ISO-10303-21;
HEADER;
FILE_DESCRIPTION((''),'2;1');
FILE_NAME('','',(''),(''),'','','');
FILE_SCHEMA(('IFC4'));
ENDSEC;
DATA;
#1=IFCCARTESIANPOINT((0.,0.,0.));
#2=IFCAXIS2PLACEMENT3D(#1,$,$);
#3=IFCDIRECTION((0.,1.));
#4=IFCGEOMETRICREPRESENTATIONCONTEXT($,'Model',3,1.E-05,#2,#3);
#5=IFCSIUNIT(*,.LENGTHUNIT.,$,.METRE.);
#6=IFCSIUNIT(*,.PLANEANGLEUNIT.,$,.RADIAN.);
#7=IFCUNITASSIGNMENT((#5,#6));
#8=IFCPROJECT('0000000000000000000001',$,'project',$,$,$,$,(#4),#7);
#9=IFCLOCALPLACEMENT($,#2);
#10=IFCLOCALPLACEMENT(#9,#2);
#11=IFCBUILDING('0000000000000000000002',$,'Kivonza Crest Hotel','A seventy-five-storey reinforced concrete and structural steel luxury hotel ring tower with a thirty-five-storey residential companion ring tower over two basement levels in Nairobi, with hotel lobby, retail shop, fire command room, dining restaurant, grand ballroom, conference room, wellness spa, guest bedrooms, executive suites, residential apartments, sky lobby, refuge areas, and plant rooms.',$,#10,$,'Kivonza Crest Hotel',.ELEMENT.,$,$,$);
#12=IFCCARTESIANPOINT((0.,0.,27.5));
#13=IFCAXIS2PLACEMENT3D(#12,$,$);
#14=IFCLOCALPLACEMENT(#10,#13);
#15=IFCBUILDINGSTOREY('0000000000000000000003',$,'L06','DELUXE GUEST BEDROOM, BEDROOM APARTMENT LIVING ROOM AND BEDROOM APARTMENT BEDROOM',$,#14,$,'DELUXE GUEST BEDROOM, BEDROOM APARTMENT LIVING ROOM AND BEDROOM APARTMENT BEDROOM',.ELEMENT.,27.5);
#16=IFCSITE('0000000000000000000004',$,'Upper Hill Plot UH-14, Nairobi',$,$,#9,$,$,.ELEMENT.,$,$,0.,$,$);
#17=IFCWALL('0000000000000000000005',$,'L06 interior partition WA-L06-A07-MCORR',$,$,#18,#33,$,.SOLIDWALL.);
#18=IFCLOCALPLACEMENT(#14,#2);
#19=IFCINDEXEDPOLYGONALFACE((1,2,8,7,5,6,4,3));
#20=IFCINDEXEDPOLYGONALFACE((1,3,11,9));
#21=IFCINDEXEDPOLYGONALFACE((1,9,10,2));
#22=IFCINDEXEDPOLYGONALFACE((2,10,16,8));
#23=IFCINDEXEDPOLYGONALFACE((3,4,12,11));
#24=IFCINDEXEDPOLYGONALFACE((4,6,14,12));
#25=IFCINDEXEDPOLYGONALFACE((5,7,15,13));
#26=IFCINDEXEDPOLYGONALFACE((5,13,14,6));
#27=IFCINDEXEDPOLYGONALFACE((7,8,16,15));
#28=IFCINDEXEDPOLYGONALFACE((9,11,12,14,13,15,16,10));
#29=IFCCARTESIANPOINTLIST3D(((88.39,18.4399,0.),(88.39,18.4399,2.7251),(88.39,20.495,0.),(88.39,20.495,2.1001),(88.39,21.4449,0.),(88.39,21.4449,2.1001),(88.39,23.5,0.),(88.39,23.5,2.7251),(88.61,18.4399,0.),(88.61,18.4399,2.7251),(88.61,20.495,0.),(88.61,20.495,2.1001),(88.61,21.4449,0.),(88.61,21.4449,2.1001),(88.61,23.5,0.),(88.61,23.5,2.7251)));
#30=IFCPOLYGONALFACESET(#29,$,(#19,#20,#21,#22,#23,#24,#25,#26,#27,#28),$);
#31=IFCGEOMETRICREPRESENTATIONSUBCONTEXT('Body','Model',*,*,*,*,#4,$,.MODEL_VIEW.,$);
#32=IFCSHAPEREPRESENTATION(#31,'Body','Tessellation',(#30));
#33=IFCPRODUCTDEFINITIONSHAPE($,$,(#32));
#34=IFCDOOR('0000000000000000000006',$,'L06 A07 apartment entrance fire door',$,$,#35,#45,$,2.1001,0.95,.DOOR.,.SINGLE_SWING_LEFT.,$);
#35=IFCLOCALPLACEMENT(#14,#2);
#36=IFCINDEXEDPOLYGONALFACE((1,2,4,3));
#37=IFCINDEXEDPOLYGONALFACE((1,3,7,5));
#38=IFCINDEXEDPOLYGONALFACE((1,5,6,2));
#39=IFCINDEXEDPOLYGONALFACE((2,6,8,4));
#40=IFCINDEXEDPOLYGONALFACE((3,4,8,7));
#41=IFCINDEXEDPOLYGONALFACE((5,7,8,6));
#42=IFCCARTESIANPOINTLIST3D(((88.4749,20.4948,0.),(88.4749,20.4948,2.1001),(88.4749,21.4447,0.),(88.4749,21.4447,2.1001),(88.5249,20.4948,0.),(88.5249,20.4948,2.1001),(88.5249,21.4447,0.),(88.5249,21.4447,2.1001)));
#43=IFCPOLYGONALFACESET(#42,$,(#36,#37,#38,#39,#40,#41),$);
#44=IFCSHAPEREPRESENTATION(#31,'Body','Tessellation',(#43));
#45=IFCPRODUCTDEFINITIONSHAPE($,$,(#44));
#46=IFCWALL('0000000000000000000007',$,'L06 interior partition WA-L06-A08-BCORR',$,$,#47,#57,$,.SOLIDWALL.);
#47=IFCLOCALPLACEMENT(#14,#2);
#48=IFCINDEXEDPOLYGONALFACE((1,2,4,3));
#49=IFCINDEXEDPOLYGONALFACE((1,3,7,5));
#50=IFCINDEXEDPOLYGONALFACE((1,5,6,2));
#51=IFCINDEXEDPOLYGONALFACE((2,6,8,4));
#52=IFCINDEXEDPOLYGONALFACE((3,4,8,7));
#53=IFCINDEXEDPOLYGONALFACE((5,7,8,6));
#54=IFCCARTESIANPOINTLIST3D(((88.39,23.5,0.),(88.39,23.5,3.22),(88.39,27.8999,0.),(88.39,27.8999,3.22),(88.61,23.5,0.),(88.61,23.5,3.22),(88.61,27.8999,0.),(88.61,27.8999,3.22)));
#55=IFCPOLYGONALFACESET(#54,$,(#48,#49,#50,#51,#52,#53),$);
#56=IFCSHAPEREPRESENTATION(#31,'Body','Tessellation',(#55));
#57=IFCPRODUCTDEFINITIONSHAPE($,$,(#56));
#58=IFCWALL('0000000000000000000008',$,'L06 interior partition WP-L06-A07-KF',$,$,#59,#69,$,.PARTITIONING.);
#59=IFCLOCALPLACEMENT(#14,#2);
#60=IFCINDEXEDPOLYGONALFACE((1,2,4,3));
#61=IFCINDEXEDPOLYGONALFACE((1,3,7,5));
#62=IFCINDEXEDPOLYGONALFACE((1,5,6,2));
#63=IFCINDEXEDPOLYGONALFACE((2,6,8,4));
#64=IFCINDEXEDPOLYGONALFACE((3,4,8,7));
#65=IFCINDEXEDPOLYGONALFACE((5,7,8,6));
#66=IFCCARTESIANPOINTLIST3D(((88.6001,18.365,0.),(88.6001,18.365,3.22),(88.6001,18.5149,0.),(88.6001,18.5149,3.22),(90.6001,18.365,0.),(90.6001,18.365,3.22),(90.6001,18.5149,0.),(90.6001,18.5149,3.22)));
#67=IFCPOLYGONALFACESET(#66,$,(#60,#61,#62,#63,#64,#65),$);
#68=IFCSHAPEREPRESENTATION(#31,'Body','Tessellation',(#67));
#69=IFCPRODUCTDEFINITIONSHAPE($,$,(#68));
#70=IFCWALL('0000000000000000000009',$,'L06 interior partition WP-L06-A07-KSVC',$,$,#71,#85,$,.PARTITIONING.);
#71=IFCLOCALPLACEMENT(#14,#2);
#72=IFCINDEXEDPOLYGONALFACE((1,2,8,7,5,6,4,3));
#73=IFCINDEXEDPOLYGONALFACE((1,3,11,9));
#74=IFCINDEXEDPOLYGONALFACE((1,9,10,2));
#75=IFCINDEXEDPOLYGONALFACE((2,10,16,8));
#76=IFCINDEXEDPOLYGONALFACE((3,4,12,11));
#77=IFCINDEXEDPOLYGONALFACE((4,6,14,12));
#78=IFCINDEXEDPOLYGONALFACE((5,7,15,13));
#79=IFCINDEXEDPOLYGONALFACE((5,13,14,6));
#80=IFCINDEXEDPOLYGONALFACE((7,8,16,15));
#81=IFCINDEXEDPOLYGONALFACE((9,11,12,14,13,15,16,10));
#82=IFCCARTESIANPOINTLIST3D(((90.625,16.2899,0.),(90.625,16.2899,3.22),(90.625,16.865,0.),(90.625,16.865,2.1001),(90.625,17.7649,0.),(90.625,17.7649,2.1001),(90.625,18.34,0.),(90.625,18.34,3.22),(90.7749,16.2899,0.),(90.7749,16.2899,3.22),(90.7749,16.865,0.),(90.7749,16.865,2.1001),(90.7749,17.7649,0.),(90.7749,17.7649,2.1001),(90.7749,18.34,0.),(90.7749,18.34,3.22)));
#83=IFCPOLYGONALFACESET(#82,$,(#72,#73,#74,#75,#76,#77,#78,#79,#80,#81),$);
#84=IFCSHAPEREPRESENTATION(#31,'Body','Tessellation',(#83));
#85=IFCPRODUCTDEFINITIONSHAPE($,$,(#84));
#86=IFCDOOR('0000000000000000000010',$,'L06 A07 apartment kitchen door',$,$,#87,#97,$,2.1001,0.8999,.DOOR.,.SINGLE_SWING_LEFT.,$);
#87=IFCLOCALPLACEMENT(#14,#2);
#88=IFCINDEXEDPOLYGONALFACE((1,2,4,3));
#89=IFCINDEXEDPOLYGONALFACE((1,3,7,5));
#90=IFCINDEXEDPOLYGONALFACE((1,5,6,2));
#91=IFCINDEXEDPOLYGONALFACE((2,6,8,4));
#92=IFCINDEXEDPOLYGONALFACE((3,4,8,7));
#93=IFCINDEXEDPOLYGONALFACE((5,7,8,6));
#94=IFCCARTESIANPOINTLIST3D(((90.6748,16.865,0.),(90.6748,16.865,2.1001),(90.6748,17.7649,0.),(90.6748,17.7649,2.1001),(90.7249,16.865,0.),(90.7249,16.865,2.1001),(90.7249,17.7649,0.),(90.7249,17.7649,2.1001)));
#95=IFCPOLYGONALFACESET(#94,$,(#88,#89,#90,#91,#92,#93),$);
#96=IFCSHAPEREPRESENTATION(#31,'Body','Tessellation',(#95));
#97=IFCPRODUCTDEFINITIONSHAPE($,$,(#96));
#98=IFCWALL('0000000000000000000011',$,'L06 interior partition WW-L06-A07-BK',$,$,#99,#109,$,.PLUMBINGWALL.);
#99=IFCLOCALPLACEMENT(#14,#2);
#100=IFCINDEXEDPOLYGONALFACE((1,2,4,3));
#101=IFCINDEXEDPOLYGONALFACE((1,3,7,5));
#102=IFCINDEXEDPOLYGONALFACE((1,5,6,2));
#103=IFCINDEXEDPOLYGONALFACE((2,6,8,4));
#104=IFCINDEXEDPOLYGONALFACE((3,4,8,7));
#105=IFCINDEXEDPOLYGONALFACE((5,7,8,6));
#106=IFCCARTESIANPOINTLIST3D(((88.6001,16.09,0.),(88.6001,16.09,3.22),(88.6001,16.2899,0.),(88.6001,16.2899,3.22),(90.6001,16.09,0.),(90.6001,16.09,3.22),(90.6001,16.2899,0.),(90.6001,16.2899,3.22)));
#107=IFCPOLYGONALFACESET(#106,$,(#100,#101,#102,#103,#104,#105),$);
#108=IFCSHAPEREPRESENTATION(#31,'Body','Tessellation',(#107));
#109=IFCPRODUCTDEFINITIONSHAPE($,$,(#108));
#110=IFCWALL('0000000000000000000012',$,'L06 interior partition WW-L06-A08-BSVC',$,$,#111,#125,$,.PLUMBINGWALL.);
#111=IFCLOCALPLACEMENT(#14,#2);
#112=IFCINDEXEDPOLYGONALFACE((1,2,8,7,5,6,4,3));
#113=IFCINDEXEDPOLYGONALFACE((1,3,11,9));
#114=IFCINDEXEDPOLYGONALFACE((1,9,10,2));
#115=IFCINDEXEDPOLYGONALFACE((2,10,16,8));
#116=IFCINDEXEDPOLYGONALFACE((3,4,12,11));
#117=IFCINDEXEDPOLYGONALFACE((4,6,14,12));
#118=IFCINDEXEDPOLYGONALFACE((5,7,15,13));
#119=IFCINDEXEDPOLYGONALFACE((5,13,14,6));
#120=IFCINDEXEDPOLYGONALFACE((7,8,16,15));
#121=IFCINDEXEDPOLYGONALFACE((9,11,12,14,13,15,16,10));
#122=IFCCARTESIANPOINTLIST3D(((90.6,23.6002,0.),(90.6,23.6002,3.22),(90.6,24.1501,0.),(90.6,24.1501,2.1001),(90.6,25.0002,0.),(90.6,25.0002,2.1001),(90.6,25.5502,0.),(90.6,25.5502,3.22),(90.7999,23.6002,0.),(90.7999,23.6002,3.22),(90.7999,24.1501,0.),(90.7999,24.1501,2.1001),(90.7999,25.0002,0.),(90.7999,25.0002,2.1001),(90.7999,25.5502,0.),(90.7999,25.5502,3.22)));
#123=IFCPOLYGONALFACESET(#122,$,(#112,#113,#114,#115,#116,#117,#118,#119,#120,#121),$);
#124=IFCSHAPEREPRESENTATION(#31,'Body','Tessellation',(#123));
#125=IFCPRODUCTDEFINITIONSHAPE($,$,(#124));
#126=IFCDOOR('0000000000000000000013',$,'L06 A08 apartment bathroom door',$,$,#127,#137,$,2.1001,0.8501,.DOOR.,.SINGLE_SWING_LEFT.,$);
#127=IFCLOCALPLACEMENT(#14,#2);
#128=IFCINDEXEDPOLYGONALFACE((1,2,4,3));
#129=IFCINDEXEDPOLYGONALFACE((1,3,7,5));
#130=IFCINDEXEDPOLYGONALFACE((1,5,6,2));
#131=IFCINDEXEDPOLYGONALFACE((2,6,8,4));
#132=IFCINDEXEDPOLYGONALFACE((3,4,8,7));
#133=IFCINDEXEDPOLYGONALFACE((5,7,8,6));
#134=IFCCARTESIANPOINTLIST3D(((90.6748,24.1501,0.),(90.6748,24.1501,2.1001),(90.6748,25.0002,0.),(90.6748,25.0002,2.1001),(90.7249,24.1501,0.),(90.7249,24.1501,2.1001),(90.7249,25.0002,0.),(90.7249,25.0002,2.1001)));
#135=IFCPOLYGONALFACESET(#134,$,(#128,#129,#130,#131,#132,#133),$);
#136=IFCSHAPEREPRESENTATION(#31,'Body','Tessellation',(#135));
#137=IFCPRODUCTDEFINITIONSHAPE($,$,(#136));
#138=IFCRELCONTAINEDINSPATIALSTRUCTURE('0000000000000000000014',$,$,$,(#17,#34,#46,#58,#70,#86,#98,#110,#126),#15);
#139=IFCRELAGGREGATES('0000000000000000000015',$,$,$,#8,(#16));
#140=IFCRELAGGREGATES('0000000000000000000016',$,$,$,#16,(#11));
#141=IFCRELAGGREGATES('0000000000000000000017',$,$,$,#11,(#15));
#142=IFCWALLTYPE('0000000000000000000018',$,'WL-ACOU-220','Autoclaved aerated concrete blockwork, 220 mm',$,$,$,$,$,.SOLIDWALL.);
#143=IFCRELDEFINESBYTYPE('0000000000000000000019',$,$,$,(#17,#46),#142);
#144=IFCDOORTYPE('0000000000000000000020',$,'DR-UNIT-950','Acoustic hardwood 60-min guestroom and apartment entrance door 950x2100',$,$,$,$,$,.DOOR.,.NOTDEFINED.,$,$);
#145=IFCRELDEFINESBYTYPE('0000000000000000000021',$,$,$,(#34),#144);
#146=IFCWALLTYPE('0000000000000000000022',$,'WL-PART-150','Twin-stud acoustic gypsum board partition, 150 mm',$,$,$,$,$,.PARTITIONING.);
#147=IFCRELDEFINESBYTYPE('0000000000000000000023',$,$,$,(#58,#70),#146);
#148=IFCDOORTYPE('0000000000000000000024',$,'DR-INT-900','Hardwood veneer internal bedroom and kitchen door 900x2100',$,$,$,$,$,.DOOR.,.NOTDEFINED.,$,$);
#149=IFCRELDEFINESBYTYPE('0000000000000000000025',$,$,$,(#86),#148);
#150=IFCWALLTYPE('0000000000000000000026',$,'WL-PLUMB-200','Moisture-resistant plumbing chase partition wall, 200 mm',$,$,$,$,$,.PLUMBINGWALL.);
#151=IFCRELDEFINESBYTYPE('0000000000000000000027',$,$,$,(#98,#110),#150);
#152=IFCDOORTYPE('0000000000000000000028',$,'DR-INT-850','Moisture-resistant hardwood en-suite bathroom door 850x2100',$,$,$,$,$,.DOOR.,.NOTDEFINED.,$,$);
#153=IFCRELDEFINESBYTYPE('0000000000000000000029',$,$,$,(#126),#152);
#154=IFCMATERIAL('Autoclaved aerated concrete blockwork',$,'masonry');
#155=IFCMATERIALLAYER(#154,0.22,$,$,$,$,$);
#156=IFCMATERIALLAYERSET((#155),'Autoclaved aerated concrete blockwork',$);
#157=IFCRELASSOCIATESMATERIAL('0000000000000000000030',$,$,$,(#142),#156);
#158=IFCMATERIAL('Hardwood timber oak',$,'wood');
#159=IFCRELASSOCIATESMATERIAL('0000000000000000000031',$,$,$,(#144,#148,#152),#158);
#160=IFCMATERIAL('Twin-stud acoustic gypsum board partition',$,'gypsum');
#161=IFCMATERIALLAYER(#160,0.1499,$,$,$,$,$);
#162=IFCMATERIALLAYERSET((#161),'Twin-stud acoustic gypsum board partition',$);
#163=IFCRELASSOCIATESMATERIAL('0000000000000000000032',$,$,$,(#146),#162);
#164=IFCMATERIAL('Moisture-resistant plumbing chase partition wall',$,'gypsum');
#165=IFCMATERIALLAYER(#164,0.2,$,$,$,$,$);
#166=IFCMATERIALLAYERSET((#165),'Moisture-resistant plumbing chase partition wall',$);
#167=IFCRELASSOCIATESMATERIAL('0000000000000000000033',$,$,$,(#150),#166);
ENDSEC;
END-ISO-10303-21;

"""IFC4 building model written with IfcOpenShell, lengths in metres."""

from ifc_helpers import new_model, si_unit, direction, frame, frame_2d, origin, place, context, subcontext, project, spatial, rectangle, extrude, material, layer, layer_set, type_object, element, fill, save


model = new_model("IFC4")

# Units and contexts
model_context = context("Model", 3, precision=1e-05, world=origin(), true_north=direction((0.0, 1.0)))
body_context = subcontext(model_context, "Body", "Model", "MODEL_VIEW")
ifc_project = project(units=[si_unit("LENGTHUNIT", "METRE"), si_unit("PLANEANGLEUNIT", "RADIAN")], contexts=[model_context])

# Site, building, storey
site_placement = place(None, origin())
site = spatial("IfcSite", under=ifc_project, at=site_placement, Name="Upper Hill Plot UH-14, Nairobi", CompositionType="ELEMENT", RefElevation=0.0)
building_placement = place(site_placement, origin())
building = spatial("IfcBuilding", under=site, at=building_placement, Name="Kivonza Crest Hotel", Description="A seventy-five-storey reinforced concrete and structural steel luxury hotel ring tower with a thirty-five-storey residential companion ring tower over two basement levels in Nairobi, with hotel lobby, retail shop, fire command room, dining restaurant, grand ballroom, conference room, wellness spa, guest bedrooms, executive suites, residential apartments, sky lobby, refuge areas, and plant rooms.", LongName="Kivonza Crest Hotel", CompositionType="ELEMENT")
storey_placement = place(building_placement, frame((0.0, 0.0, 27.5)))
storey = spatial("IfcBuildingStorey", under=building, at=storey_placement, Name="L06", Description="DELUXE GUEST BEDROOM, BEDROOM APARTMENT LIVING ROOM AND BEDROOM APARTMENT BEDROOM", LongName="DELUXE GUEST BEDROOM, BEDROOM APARTMENT LIVING ROOM AND BEDROOM APARTMENT BEDROOM", CompositionType="ELEMENT", Elevation=27.5)

# Wall, opening, door
ifc_material_1 = material(Name="Autoclaved aerated concrete blockwork", Category="masonry")
ifc_layer_1 = layer(ifc_material_1, 0.22)
ifc_layer_set_1 = layer_set([ifc_layer_1], Name="Autoclaved aerated concrete blockwork")
wall_type_1 = type_object("IfcWallType", Name="WL-ACOU-220", Description="Autoclaved aerated concrete blockwork, 220 mm", PredefinedType="SOLIDWALL", material=ifc_layer_set_1)
wall_1_placement = place(storey_placement, frame((88.5, 18.4399, 0.0), z_axis=(0.0, 0.0, 1.0), x_axis=(0.0, 1.0, 0.0)))
wall_1 = element("IfcWall", 1, at=wall_1_placement, inside=storey, type_object=wall_type_1, Name="L06 interior partition WA-L06-A07-MCORR", PredefinedType="SOLIDWALL", context=body_context, shape_type="SweptSolid", body=[
    extrude(rectangle(XDim=5.0601, YDim=0.22, at=frame_2d((2.53, 0.0))), origin(), (0.0, 0.0, 1.0), 2.7251),
])
opening_1_placement = place(wall_1_placement, frame((2.0549, 0.0, 0.0)))
opening_1 = element("IfcOpeningElement", 2, at=opening_1_placement, cuts=wall_1, PredefinedType="OPENING", context=body_context, shape_type="SweptSolid", body=[
    extrude(rectangle(XDim=0.95, YDim=2.1001, at=frame_2d((0.4751, 1.05))), frame((0.0, 0.1201, 0.0), z_axis=(0.0, -1.0, 0.0), x_axis=(1.0, 0.0, 0.0)), (0.0, 0.0, 1.0), 0.24),
])
ifc_material_2 = material(Name="Hardwood timber oak", Category="wood")
door_type_1 = type_object("IfcDoorType", Name="DR-UNIT-950", Description="Acoustic hardwood 60-min guestroom and apartment entrance door 950x2100", OperationType="NOTDEFINED", PredefinedType="DOOR", material=ifc_material_2)
door_1_placement = place(opening_1_placement, frame((0.95, 0.0, 0.0), z_axis=(0.0, 0.0, 1.0), x_axis=(-1.0, 0.0, 0.0)))
door_1 = element("IfcDoor", 3, at=door_1_placement, inside=storey, type_object=door_type_1, Name="L06 A07 apartment entrance fire door", OperationType="SINGLE_SWING_LEFT", OverallHeight=2.1001, OverallWidth=0.95, PredefinedType="DOOR", context=body_context, shape_type="SweptSolid", body=[
    extrude(rectangle(XDim=0.95, YDim=2.1001, at=frame_2d((0.4751, 1.05))), frame((0.0, 0.0249, 0.0), z_axis=(0.0, -1.0, 0.0), x_axis=(1.0, 0.0, 0.0)), (0.0, 0.0, 1.0), 0.05),
])
fill(opening_1, door_1)

# Walls
wall_2_placement = place(storey_placement, frame((88.5, 23.5, 0.0), z_axis=(0.0, 0.0, 1.0), x_axis=(0.0, 1.0, 0.0)))
element("IfcWall", 4, at=wall_2_placement, inside=storey, type_object=wall_type_1, Name="L06 interior partition WA-L06-A08-BCORR", PredefinedType="SOLIDWALL", context=body_context, shape_type="SweptSolid", body=[
    extrude(rectangle(XDim=4.3999, YDim=0.22, at=frame_2d((2.2, 0.0))), origin(), (0.0, 0.0, 1.0), 3.22),
])
ifc_material_3 = material(Name="Twin-stud acoustic gypsum board partition", Category="gypsum")
ifc_layer_2 = layer(ifc_material_3, 0.1499)
ifc_layer_set_2 = layer_set([ifc_layer_2], Name="Twin-stud acoustic gypsum board partition")
wall_type_2 = type_object("IfcWallType", Name="WL-PART-150", Description="Twin-stud acoustic gypsum board partition, 150 mm", PredefinedType="PARTITIONING", material=ifc_layer_set_2)
wall_3_placement = place(storey_placement, frame((88.6001, 18.4399, 0.0), z_axis=(0.0, 0.0, 1.0), x_axis=(1.0, 0.0, 0.0)))
element("IfcWall", 5, at=wall_3_placement, inside=storey, type_object=wall_type_2, Name="L06 interior partition WP-L06-A07-KF", PredefinedType="PARTITIONING", context=body_context, shape_type="SweptSolid", body=[
    extrude(rectangle(XDim=2.0, YDim=0.1499, at=frame_2d((1.0, 0.0))), origin(), (0.0, 0.0, 1.0), 3.22),
])

# Wall, opening, door
wall_4_placement = place(storey_placement, frame((90.7, 16.29, 0.0), z_axis=(0.0, 0.0, 1.0), x_axis=(0.0, 1.0, 0.0)))
wall_4 = element("IfcWall", 6, at=wall_4_placement, inside=storey, type_object=wall_type_2, Name="L06 interior partition WP-L06-A07-KSVC", PredefinedType="PARTITIONING", context=body_context, shape_type="SweptSolid", body=[
    extrude(rectangle(XDim=2.05, YDim=0.1499, at=frame_2d((1.0249, 0.0))), origin(), (0.0, 0.0, 1.0), 3.22),
])
opening_2_placement = place(wall_4_placement, frame((0.575, 0.0, 0.0)))
opening_2 = element("IfcOpeningElement", 7, at=opening_2_placement, cuts=wall_4, PredefinedType="OPENING", context=body_context, shape_type="SweptSolid", body=[
    extrude(rectangle(XDim=0.8999, YDim=2.1001, at=frame_2d((0.45, 1.05))), frame((0.0, 0.085, 0.0), z_axis=(0.0, -1.0, 0.0), x_axis=(1.0, 0.0, 0.0)), (0.0, 0.0, 1.0), 0.1699),
])
door_type_2 = type_object("IfcDoorType", Name="DR-INT-900", Description="Hardwood veneer internal bedroom and kitchen door 900x2100", OperationType="NOTDEFINED", PredefinedType="DOOR", material=ifc_material_2)
door_2_placement = place(opening_2_placement, frame((0.8999, 0.0, 0.0), z_axis=(0.0, 0.0, 1.0), x_axis=(-1.0, 0.0, 0.0)))
door_2 = element("IfcDoor", 8, at=door_2_placement, inside=storey, type_object=door_type_2, Name="L06 A07 apartment kitchen door", OperationType="SINGLE_SWING_LEFT", OverallHeight=2.1001, OverallWidth=0.8999, PredefinedType="DOOR", context=body_context, shape_type="SweptSolid", body=[
    extrude(rectangle(XDim=0.8999, YDim=2.1001, at=frame_2d((0.45, 1.05))), frame((0.0, 0.0249, 0.0), z_axis=(0.0, -1.0, 0.0), x_axis=(1.0, 0.0, 0.0)), (0.0, 0.0, 1.0), 0.05),
])
fill(opening_2, door_2)

# Wall
ifc_material_4 = material(Name="Moisture-resistant plumbing chase partition wall", Category="gypsum")
ifc_layer_3 = layer(ifc_material_4, 0.2)
ifc_layer_set_3 = layer_set([ifc_layer_3], Name="Moisture-resistant plumbing chase partition wall")
wall_type_3 = type_object("IfcWallType", Name="WL-PLUMB-200", Description="Moisture-resistant plumbing chase partition wall, 200 mm", PredefinedType="PLUMBINGWALL", material=ifc_layer_set_3)
wall_5_placement = place(storey_placement, frame((88.6001, 16.1899, 0.0), z_axis=(0.0, 0.0, 1.0), x_axis=(1.0, 0.0, 0.0)))
element("IfcWall", 9, at=wall_5_placement, inside=storey, type_object=wall_type_3, Name="L06 interior partition WW-L06-A07-BK", PredefinedType="PLUMBINGWALL", context=body_context, shape_type="SweptSolid", body=[
    extrude(rectangle(XDim=2.0, YDim=0.2, at=frame_2d((1.0, 0.0))), origin(), (0.0, 0.0, 1.0), 3.22),
])

# Wall, opening, door
wall_6_placement = place(storey_placement, frame((90.7, 23.6001, 0.0), z_axis=(0.0, 0.0, 1.0), x_axis=(0.0, 1.0, 0.0)))
wall_6 = element("IfcWall", 10, at=wall_6_placement, inside=storey, type_object=wall_type_3, Name="L06 interior partition WW-L06-A08-BSVC", PredefinedType="PLUMBINGWALL", context=body_context, shape_type="SweptSolid", body=[
    extrude(rectangle(XDim=1.95, YDim=0.2, at=frame_2d((0.9751, 0.0))), origin(), (0.0, 0.0, 1.0), 3.22),
])
opening_3_placement = place(wall_6_placement, frame((0.55, 0.0, 0.0)))
opening_3 = element("IfcOpeningElement", 11, at=opening_3_placement, cuts=wall_6, PredefinedType="OPENING", context=body_context, shape_type="SweptSolid", body=[
    extrude(rectangle(XDim=0.8501, YDim=2.1001, at=frame_2d((0.425, 1.05))), frame((0.0, 0.1099, 0.0), z_axis=(0.0, -1.0, 0.0), x_axis=(1.0, 0.0, 0.0)), (0.0, 0.0, 1.0), 0.22),
])
door_type_3 = type_object("IfcDoorType", Name="DR-INT-850", Description="Moisture-resistant hardwood en-suite bathroom door 850x2100", OperationType="NOTDEFINED", PredefinedType="DOOR", material=ifc_material_2)
door_3_placement = place(opening_3_placement, frame((0.8501, 0.0, 0.0), z_axis=(0.0, 0.0, 1.0), x_axis=(-1.0, 0.0, 0.0)))
door_3 = element("IfcDoor", 12, at=door_3_placement, inside=storey, type_object=door_type_3, Name="L06 A08 apartment bathroom door", OperationType="SINGLE_SWING_LEFT", OverallHeight=2.1001, OverallWidth=0.8501, PredefinedType="DOOR", context=body_context, shape_type="SweptSolid", body=[
    extrude(rectangle(XDim=0.8501, YDim=2.1001, at=frame_2d((0.425, 1.05))), frame((0.0, 0.0249, 0.0), z_axis=(0.0, -1.0, 0.0), x_axis=(1.0, 0.0, 0.0)), (0.0, 0.0, 1.0), 0.05),
])
fill(opening_3, door_3)

save(model, "model.ifc")
